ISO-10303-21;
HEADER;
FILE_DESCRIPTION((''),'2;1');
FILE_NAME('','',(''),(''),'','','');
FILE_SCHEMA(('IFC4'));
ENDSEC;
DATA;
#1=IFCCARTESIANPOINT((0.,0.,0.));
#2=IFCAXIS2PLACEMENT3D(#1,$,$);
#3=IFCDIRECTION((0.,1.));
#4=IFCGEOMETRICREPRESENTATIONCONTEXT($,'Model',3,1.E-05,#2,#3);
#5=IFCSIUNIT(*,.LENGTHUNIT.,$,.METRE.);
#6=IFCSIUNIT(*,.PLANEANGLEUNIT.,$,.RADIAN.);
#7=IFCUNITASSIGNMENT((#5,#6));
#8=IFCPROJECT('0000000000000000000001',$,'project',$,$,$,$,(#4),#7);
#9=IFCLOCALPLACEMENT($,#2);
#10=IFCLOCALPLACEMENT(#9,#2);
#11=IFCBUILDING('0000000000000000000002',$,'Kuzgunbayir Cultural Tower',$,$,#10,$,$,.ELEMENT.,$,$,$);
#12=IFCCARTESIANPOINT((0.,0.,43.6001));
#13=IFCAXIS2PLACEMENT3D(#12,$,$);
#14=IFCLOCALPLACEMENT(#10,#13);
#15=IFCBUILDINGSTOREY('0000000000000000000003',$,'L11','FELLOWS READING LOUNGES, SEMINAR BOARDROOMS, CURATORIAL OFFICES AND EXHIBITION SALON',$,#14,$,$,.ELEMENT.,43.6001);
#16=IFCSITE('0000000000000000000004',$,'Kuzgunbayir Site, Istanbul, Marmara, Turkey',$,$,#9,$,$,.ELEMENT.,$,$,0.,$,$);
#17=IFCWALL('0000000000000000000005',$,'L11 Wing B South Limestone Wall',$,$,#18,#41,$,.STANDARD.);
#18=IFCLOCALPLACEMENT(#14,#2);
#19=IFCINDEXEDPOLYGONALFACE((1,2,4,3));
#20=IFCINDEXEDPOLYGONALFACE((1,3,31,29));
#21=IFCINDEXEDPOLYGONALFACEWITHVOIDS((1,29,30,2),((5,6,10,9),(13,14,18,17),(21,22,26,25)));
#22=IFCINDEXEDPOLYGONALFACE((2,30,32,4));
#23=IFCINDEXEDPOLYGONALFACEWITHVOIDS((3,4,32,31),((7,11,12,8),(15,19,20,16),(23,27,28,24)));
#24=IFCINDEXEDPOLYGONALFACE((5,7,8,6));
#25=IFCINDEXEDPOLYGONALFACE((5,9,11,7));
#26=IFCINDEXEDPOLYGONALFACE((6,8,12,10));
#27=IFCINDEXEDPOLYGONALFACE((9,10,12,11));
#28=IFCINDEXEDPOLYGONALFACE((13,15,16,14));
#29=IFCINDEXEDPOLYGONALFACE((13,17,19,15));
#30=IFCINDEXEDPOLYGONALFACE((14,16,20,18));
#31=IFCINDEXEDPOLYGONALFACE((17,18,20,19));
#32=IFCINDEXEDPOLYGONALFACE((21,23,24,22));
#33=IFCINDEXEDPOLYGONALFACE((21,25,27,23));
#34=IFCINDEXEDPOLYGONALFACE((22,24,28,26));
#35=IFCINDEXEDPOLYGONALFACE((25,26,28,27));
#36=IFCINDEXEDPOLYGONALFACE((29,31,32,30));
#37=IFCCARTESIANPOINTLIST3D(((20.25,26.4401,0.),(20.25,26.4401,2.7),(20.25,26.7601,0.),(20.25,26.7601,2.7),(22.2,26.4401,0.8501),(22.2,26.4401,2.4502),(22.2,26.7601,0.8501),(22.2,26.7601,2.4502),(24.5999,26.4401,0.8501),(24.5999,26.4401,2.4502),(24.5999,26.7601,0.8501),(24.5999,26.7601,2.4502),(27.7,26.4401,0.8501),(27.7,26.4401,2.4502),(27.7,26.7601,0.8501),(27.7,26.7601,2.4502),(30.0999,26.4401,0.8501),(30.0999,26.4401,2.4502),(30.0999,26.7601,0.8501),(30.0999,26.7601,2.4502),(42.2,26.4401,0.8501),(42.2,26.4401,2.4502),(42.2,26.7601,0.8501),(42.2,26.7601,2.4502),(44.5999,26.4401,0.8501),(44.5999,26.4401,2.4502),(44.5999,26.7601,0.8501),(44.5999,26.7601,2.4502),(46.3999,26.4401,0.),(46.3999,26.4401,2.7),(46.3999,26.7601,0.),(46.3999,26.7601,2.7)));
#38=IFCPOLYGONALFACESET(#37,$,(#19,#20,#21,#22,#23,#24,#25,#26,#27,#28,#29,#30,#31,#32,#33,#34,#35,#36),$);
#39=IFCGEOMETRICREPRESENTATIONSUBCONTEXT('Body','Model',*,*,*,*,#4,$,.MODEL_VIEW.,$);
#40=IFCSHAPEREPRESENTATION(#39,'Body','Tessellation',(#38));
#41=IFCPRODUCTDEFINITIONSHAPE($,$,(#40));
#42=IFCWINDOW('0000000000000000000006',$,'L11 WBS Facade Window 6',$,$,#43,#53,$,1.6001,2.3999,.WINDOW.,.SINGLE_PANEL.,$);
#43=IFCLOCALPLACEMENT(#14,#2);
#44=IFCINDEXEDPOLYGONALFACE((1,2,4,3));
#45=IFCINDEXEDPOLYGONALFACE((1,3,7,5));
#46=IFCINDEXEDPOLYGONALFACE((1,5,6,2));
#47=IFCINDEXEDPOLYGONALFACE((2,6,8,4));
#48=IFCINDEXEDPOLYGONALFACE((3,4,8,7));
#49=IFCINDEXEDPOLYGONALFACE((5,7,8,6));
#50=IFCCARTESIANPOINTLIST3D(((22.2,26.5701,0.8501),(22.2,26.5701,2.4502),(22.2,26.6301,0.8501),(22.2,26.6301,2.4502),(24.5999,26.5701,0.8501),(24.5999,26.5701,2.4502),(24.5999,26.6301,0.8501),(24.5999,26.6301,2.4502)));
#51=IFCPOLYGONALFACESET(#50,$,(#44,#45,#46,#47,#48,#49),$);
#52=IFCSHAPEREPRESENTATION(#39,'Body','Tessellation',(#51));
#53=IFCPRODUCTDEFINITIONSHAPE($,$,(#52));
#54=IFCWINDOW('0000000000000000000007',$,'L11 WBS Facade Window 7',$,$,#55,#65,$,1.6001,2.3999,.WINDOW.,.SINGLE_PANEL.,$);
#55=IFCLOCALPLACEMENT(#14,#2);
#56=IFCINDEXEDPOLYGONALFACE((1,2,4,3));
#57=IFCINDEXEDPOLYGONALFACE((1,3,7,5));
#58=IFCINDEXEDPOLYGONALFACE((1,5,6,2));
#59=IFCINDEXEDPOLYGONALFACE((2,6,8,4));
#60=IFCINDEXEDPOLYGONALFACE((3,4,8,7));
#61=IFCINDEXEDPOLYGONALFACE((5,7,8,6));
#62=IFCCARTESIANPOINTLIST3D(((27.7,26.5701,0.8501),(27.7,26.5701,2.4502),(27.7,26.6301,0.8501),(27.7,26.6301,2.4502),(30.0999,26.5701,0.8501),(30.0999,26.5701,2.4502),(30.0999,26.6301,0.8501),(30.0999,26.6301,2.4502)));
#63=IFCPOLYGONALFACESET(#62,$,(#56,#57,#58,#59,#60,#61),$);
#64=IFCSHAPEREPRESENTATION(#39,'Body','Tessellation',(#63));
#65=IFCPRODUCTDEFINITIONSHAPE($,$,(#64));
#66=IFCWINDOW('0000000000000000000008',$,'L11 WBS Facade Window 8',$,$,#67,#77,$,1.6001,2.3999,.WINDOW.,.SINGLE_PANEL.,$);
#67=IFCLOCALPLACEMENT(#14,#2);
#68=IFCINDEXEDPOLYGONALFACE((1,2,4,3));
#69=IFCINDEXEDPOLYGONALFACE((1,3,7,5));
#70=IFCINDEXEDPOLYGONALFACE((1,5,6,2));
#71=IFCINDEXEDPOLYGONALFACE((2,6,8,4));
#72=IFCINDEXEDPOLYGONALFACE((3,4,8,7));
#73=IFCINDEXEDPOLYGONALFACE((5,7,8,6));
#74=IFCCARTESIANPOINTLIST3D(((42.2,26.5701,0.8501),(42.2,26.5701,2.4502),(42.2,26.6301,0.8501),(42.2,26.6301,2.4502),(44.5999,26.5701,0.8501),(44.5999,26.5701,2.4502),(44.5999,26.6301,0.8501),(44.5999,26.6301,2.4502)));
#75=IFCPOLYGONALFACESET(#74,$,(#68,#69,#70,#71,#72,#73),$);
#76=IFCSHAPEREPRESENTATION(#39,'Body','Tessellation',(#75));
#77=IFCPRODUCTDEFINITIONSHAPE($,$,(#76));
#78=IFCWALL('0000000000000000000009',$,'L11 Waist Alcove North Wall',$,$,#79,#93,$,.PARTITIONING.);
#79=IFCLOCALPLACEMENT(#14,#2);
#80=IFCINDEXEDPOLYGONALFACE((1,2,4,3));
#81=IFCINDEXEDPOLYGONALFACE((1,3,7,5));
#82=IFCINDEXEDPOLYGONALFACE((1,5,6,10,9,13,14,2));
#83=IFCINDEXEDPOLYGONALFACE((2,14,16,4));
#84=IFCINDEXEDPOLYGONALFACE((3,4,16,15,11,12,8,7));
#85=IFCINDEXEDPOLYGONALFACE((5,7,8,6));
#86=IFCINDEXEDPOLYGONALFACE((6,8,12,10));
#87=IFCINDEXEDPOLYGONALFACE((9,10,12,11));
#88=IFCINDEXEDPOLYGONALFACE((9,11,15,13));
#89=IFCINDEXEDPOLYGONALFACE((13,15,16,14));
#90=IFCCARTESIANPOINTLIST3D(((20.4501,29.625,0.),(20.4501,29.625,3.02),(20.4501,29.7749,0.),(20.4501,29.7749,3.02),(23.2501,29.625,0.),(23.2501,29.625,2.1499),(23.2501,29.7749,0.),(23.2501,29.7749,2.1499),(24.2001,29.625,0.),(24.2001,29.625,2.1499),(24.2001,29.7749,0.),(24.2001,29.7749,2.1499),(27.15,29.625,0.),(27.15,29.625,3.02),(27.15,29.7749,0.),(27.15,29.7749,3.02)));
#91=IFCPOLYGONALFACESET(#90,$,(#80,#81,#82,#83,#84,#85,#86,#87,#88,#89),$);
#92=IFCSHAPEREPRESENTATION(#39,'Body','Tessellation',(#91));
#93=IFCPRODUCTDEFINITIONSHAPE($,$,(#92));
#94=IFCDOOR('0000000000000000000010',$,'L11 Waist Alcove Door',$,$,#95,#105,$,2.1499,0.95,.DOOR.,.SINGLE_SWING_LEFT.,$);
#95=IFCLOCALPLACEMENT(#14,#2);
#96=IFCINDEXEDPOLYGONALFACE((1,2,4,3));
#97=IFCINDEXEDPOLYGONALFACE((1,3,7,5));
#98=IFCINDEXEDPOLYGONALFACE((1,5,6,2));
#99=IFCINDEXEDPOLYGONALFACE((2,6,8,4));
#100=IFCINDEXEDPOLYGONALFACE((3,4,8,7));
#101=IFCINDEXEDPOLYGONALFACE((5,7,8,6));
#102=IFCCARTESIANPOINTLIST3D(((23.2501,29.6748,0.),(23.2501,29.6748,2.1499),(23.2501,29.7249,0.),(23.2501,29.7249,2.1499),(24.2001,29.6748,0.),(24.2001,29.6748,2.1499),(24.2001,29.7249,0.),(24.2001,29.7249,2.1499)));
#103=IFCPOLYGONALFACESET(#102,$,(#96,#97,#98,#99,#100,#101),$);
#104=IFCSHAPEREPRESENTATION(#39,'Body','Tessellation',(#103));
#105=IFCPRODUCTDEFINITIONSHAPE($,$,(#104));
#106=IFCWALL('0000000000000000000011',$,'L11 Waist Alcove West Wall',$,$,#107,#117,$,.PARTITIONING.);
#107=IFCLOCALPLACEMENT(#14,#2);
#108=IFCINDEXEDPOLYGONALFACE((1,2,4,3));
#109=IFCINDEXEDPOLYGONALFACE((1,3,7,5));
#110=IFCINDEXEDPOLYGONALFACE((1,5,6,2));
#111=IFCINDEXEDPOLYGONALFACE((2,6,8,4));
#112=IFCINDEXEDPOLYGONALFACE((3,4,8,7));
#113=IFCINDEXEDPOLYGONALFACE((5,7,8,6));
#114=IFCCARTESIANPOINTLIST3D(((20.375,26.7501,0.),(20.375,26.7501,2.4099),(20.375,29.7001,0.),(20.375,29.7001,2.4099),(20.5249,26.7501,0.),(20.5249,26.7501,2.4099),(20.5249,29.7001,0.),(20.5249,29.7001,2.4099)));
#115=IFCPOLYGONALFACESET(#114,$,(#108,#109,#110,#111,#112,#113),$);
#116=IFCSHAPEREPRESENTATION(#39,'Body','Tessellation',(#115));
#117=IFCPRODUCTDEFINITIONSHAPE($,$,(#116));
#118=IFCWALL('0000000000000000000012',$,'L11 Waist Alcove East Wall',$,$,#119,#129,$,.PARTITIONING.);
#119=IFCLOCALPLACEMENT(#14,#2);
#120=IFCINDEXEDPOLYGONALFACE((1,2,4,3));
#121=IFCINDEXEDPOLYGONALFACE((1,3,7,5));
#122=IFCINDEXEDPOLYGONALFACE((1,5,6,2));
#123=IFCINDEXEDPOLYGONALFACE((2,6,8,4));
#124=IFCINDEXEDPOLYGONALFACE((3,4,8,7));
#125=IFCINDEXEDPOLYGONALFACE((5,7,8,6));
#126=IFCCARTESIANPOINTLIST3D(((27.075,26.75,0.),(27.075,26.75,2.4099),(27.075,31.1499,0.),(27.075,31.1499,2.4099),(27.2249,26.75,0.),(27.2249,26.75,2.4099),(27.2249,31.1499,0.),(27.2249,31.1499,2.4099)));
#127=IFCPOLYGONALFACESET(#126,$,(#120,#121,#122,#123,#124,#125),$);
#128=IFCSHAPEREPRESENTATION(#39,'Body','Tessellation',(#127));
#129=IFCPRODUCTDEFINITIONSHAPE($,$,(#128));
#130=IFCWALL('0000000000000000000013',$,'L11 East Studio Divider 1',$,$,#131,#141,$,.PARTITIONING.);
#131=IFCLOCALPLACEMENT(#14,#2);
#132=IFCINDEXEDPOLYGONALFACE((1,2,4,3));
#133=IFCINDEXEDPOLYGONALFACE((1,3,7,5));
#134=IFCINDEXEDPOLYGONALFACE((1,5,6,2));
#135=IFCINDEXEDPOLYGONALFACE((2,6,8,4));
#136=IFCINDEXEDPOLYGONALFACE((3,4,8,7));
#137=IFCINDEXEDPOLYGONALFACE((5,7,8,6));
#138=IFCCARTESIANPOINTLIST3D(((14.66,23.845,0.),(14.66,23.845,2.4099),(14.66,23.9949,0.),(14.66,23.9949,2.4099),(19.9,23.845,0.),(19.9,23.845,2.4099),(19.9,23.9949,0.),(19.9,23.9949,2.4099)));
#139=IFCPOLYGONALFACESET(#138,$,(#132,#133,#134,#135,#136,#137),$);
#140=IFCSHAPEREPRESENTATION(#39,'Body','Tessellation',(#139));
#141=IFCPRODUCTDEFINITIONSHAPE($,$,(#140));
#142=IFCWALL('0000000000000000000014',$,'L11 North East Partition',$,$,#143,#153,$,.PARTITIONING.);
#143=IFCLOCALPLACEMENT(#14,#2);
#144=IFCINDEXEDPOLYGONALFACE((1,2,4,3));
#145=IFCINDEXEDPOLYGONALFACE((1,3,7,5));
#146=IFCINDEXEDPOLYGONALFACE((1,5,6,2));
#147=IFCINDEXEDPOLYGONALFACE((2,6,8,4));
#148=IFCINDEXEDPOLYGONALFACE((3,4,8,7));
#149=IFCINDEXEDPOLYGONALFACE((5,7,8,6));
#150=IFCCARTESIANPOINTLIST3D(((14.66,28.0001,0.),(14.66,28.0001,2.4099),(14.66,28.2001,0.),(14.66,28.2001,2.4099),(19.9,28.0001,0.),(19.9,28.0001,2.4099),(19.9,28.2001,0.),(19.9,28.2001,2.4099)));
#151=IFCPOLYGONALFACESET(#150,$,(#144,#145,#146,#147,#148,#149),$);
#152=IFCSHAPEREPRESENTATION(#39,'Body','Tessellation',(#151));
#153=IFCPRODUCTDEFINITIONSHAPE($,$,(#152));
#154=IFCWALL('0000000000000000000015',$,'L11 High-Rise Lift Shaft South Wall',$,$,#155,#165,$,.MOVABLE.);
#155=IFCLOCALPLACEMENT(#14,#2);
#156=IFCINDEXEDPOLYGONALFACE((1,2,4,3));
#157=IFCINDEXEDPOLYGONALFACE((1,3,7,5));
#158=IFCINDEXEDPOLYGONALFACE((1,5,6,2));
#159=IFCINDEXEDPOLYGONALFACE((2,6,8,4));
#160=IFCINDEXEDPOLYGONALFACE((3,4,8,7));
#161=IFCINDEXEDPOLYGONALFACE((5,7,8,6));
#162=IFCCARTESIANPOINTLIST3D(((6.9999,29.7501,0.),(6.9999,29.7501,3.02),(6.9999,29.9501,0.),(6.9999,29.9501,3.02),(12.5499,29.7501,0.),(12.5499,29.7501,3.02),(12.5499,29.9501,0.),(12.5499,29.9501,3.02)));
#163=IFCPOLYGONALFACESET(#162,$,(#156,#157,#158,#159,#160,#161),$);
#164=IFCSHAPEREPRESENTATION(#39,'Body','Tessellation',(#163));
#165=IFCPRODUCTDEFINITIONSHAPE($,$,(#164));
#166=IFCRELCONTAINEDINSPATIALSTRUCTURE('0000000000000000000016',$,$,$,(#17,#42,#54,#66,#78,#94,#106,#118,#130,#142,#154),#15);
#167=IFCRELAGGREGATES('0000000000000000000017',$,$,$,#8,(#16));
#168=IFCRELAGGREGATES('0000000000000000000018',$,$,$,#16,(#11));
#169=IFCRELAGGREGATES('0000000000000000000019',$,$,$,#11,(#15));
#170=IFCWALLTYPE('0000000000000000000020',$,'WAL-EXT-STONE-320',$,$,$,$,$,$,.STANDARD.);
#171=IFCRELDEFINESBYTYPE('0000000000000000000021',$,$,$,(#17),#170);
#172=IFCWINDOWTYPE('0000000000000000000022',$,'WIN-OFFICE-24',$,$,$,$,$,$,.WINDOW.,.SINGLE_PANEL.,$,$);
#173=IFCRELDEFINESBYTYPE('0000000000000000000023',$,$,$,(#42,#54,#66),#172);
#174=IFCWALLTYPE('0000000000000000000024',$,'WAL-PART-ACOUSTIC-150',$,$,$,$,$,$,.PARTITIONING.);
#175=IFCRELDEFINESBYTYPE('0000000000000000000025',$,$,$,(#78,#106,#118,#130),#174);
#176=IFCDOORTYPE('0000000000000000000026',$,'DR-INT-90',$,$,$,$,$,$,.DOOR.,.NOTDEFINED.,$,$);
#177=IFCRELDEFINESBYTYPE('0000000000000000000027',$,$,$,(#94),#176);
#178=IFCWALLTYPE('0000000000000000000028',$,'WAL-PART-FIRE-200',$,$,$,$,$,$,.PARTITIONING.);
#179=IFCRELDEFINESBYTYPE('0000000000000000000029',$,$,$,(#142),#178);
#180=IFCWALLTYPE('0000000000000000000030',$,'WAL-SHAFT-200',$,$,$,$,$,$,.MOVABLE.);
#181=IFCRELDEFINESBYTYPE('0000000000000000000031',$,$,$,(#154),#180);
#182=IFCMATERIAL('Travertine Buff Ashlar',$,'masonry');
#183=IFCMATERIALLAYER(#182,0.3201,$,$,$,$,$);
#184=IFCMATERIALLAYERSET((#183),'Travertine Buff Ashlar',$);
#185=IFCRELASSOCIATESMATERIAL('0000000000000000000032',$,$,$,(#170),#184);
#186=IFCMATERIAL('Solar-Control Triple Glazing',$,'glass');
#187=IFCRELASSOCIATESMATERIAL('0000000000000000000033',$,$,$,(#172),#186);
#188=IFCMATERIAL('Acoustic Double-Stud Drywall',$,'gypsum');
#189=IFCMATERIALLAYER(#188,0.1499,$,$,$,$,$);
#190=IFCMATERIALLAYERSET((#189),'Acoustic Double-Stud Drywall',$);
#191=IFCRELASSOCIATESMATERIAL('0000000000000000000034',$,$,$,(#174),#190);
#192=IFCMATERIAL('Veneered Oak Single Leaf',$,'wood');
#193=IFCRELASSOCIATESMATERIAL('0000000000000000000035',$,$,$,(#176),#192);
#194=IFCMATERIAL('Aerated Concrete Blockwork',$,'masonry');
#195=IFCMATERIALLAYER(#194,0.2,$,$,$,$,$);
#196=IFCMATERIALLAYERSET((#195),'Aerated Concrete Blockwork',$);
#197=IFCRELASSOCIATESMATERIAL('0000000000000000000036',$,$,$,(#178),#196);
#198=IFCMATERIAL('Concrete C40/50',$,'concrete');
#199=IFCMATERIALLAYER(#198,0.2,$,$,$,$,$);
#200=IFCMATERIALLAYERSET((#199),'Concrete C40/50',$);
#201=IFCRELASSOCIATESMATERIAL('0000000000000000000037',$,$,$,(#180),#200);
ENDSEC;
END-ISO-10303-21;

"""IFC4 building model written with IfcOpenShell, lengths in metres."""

from ifc_helpers import new_model, si_unit, direction, frame, frame_2d, origin, place, context, subcontext, project, spatial, rectangle, extrude, material, layer, layer_set, type_object, element, fill, save


model = new_model("IFC4")

# Units and contexts
model_context = context("Model", 3, precision=1e-05, world=origin(), true_north=direction((0.0, 1.0)))
body_context = subcontext(model_context, "Body", "Model", "MODEL_VIEW")
ifc_project = project(units=[si_unit("LENGTHUNIT", "METRE"), si_unit("PLANEANGLEUNIT", "RADIAN")], contexts=[model_context])

# Site, building, storey
site_placement = place(None, origin())
site = spatial("IfcSite", under=ifc_project, at=site_placement, Name="Kuzgunbayir Site, Istanbul, Marmara, Turkey", CompositionType="ELEMENT", RefElevation=0.0)
building_placement = place(site_placement, origin())
building = spatial("IfcBuilding", under=site, at=building_placement, Name="Kuzgunbayir Cultural Tower", CompositionType="ELEMENT")
storey_placement = place(building_placement, frame((0.0, 0.0, 43.6001)))
storey = spatial("IfcBuildingStorey", under=building, at=storey_placement, Name="L11", Description="FELLOWS READING LOUNGES, SEMINAR BOARDROOMS, CURATORIAL OFFICES AND EXHIBITION SALON", CompositionType="ELEMENT", Elevation=43.6001)

# Wall, openings, windows
ifc_material_1 = material(Name="Travertine Buff Ashlar", Category="masonry")
ifc_layer_1 = layer(ifc_material_1, 0.3201)
ifc_layer_set_1 = layer_set([ifc_layer_1], Name="Travertine Buff Ashlar")
wall_type_1 = type_object("IfcWallType", Name="WAL-EXT-STONE-320", PredefinedType="STANDARD", material=ifc_layer_set_1)
wall_1_placement = place(storey_placement, frame((20.25, 26.6001, 0.0), z_axis=(0.0, 0.0, 1.0), x_axis=(1.0, 0.0, 0.0)))
wall_1 = element("IfcWall", 1, at=wall_1_placement, inside=storey, type_object=wall_type_1, Name="L11 Wing B South Limestone Wall", PredefinedType="STANDARD", context=body_context, shape_type="SweptSolid", body=[
    extrude(rectangle(XDim=26.1499, YDim=0.3201, at=frame_2d((13.075, 0.0))), origin(), (0.0, 0.0, 1.0), 2.7),
])
opening_1_placement = place(wall_1_placement, frame((1.95, 0.0, 0.8501)))
opening_1 = element("IfcOpeningElement", 2, at=opening_1_placement, cuts=wall_1, PredefinedType="OPENING", context=body_context, shape_type="SweptSolid", body=[
    extrude(rectangle(XDim=2.3999, YDim=1.6001, at=frame_2d((1.2, 0.8))), frame((0.0, 0.1699, 0.0), z_axis=(0.0, -1.0, 0.0), x_axis=(1.0, 0.0, 0.0)), (0.0, 0.0, 1.0), 0.3401),
])
opening_2_placement = place(wall_1_placement, frame((7.45, 0.0, 0.8501)))
opening_2 = element("IfcOpeningElement", 3, at=opening_2_placement, cuts=wall_1, PredefinedType="OPENING", context=body_context, shape_type="SweptSolid", body=[
    extrude(rectangle(XDim=2.3999, YDim=1.6001, at=frame_2d((1.2, 0.8))), frame((0.0, 0.1699, 0.0), z_axis=(0.0, -1.0, 0.0), x_axis=(1.0, 0.0, 0.0)), (0.0, 0.0, 1.0), 0.3401),
])
opening_3_placement = place(wall_1_placement, frame((21.95, 0.0, 0.8501)))
opening_3 = element("IfcOpeningElement", 4, at=opening_3_placement, cuts=wall_1, PredefinedType="OPENING", context=body_context, shape_type="SweptSolid", body=[
    extrude(rectangle(XDim=2.3999, YDim=1.6001, at=frame_2d((1.2, 0.8))), frame((0.0, 0.1699, 0.0), z_axis=(0.0, -1.0, 0.0), x_axis=(1.0, 0.0, 0.0)), (0.0, 0.0, 1.0), 0.3401),
])
ifc_material_2 = material(Name="Solar-Control Triple Glazing", Category="glass")
window_type = type_object("IfcWindowType", Name="WIN-OFFICE-24", PartitioningType="SINGLE_PANEL", PredefinedType="WINDOW", material=ifc_material_2)
window_1_placement = place(opening_1_placement, origin())
window_1 = element("IfcWindow", 5, at=window_1_placement, inside=storey, type_object=window_type, Name="L11 WBS Facade Window 6", OverallHeight=1.6001, OverallWidth=2.3999, PartitioningType="SINGLE_PANEL", PredefinedType="WINDOW", context=body_context, shape_type="SweptSolid", body=[
    extrude(rectangle(XDim=2.3999, YDim=1.6001, at=frame_2d((1.2, 0.8))), frame((0.0, 0.03, 0.0), z_axis=(0.0, -1.0, 0.0), x_axis=(1.0, 0.0, 0.0)), (0.0, 0.0, 1.0), 0.0601),
])
fill(opening_1, window_1)
window_2_placement = place(opening_2_placement, origin())
window_2 = element("IfcWindow", 6, at=window_2_placement, inside=storey, type_object=window_type, Name="L11 WBS Facade Window 7", OverallHeight=1.6001, OverallWidth=2.3999, PartitioningType="SINGLE_PANEL", PredefinedType="WINDOW", context=body_context, shape_type="SweptSolid", body=[
    extrude(rectangle(XDim=2.3999, YDim=1.6001, at=frame_2d((1.2, 0.8))), frame((0.0, 0.03, 0.0), z_axis=(0.0, -1.0, 0.0), x_axis=(1.0, 0.0, 0.0)), (0.0, 0.0, 1.0), 0.0601),
])
fill(opening_2, window_2)
window_3_placement = place(opening_3_placement, origin())
window_3 = element("IfcWindow", 7, at=window_3_placement, inside=storey, type_object=window_type, Name="L11 WBS Facade Window 8", OverallHeight=1.6001, OverallWidth=2.3999, PartitioningType="SINGLE_PANEL", PredefinedType="WINDOW", context=body_context, shape_type="SweptSolid", body=[
    extrude(rectangle(XDim=2.3999, YDim=1.6001, at=frame_2d((1.2, 0.8))), frame((0.0, 0.03, 0.0), z_axis=(0.0, -1.0, 0.0), x_axis=(1.0, 0.0, 0.0)), (0.0, 0.0, 1.0), 0.0601),
])
fill(opening_3, window_3)

# Wall, opening, door
ifc_material_3 = material(Name="Acoustic Double-Stud Drywall", Category="gypsum")
ifc_layer_2 = layer(ifc_material_3, 0.1499)
ifc_layer_set_2 = layer_set([ifc_layer_2], Name="Acoustic Double-Stud Drywall")
wall_type_2 = type_object("IfcWallType", Name="WAL-PART-ACOUSTIC-150", PredefinedType="PARTITIONING", material=ifc_layer_set_2)
wall_2_placement = place(storey_placement, frame((20.45, 29.7, 0.0), z_axis=(0.0, 0.0, 1.0), x_axis=(1.0, 0.0, 0.0)))
wall_2 = element("IfcWall", 8, at=wall_2_placement, inside=storey, type_object=wall_type_2, Name="L11 Waist Alcove North Wall", PredefinedType="PARTITIONING", context=body_context, shape_type="SweptSolid", body=[
    extrude(rectangle(XDim=6.7, YDim=0.1499, at=frame_2d((3.3501, 0.0))), origin(), (0.0, 0.0, 1.0), 3.02),
])
opening_4_placement = place(wall_2_placement, frame((2.8, 0.0, 0.0)))
opening_4 = element("IfcOpeningElement", 9, at=opening_4_placement, cuts=wall_2, PredefinedType="OPENING", context=body_context, shape_type="SweptSolid", body=[
    extrude(rectangle(XDim=0.95, YDim=2.1499, at=frame_2d((0.4751, 1.075))), frame((0.0, 0.085, 0.0), z_axis=(0.0, -1.0, 0.0), x_axis=(1.0, 0.0, 0.0)), (0.0, 0.0, 1.0), 0.1699),
])
ifc_material_4 = material(Name="Veneered Oak Single Leaf", Category="wood")
door_type = type_object("IfcDoorType", Name="DR-INT-90", OperationType="NOTDEFINED", PredefinedType="DOOR", material=ifc_material_4)
door_placement = place(opening_4_placement, origin())
door = element("IfcDoor", 10, at=door_placement, inside=storey, type_object=door_type, Name="L11 Waist Alcove Door", OperationType="SINGLE_SWING_LEFT", OverallHeight=2.1499, OverallWidth=0.95, PredefinedType="DOOR", context=body_context, shape_type="SweptSolid", body=[
    extrude(rectangle(XDim=0.95, YDim=2.1499, at=frame_2d((0.4751, 1.075))), frame((0.0, 0.0249, 0.0), z_axis=(0.0, -1.0, 0.0), x_axis=(1.0, 0.0, 0.0)), (0.0, 0.0, 1.0), 0.05),
])
fill(opening_4, door)

# Walls
wall_3_placement = place(storey_placement, frame((20.45, 26.75, 0.0), z_axis=(0.0, 0.0, 1.0), x_axis=(0.0, 1.0, 0.0)))
element("IfcWall", 11, at=wall_3_placement, inside=storey, type_object=wall_type_2, Name="L11 Waist Alcove West Wall", PredefinedType="PARTITIONING", context=body_context, shape_type="SweptSolid", body=[
    extrude(rectangle(XDim=2.95, YDim=0.1499, at=frame_2d((1.4751, 0.0))), origin(), (0.0, 0.0, 1.0), 2.4099),
])
wall_4_placement = place(storey_placement, frame((27.1499, 26.75, 0.0), z_axis=(0.0, 0.0, 1.0), x_axis=(0.0, 1.0, 0.0)))
element("IfcWall", 12, at=wall_4_placement, inside=storey, type_object=wall_type_2, Name="L11 Waist Alcove East Wall", PredefinedType="PARTITIONING", context=body_context, shape_type="SweptSolid", body=[
    extrude(rectangle(XDim=4.3999, YDim=0.1499, at=frame_2d((2.2, 0.0))), origin(), (0.0, 0.0, 1.0), 2.4099),
])
wall_5_placement = place(storey_placement, frame((14.6599, 23.9199, 0.0), z_axis=(0.0, 0.0, 1.0), x_axis=(1.0, 0.0, 0.0)))
element("IfcWall", 13, at=wall_5_placement, inside=storey, type_object=wall_type_2, Name="L11 East Studio Divider 1", PredefinedType="PARTITIONING", context=body_context, shape_type="SweptSolid", body=[
    extrude(rectangle(XDim=5.24, YDim=0.1499, at=frame_2d((2.6201, 0.0))), origin(), (0.0, 0.0, 1.0), 2.4099),
])
ifc_material_5 = material(Name="Aerated Concrete Blockwork", Category="masonry")
ifc_layer_3 = layer(ifc_material_5, 0.2)
ifc_layer_set_3 = layer_set([ifc_layer_3], Name="Aerated Concrete Blockwork")
wall_type_3 = type_object("IfcWallType", Name="WAL-PART-FIRE-200", PredefinedType="PARTITIONING", material=ifc_layer_set_3)
wall_6_placement = place(storey_placement, frame((14.6599, 28.1001, 0.0), z_axis=(0.0, 0.0, 1.0), x_axis=(1.0, 0.0, 0.0)))
element("IfcWall", 14, at=wall_6_placement, inside=storey, type_object=wall_type_3, Name="L11 North East Partition", PredefinedType="PARTITIONING", context=body_context, shape_type="SweptSolid", body=[
    extrude(rectangle(XDim=5.24, YDim=0.2, at=frame_2d((2.6201, 0.0))), origin(), (0.0, 0.0, 1.0), 2.4099),
])
ifc_material_6 = material(Name="Concrete C40/50", Category="concrete")
ifc_layer_4 = layer(ifc_material_6, 0.2)
ifc_layer_set_4 = layer_set([ifc_layer_4], Name="Concrete C40/50")
wall_type_4 = type_object("IfcWallType", Name="WAL-SHAFT-200", PredefinedType="MOVABLE", material=ifc_layer_set_4)
wall_7_placement = place(storey_placement, frame((7.0, 29.8501, 0.0), z_axis=(0.0, 0.0, 1.0), x_axis=(1.0, 0.0, 0.0)))
element("IfcWall", 15, at=wall_7_placement, inside=storey, type_object=wall_type_4, Name="L11 High-Rise Lift Shaft South Wall", PredefinedType="MOVABLE", context=body_context, shape_type="SweptSolid", body=[
    extrude(rectangle(XDim=5.55, YDim=0.2, at=frame_2d((2.7749, 0.0))), origin(), (0.0, 0.0, 1.0), 3.02),
])

save(model, "model.ifc")
